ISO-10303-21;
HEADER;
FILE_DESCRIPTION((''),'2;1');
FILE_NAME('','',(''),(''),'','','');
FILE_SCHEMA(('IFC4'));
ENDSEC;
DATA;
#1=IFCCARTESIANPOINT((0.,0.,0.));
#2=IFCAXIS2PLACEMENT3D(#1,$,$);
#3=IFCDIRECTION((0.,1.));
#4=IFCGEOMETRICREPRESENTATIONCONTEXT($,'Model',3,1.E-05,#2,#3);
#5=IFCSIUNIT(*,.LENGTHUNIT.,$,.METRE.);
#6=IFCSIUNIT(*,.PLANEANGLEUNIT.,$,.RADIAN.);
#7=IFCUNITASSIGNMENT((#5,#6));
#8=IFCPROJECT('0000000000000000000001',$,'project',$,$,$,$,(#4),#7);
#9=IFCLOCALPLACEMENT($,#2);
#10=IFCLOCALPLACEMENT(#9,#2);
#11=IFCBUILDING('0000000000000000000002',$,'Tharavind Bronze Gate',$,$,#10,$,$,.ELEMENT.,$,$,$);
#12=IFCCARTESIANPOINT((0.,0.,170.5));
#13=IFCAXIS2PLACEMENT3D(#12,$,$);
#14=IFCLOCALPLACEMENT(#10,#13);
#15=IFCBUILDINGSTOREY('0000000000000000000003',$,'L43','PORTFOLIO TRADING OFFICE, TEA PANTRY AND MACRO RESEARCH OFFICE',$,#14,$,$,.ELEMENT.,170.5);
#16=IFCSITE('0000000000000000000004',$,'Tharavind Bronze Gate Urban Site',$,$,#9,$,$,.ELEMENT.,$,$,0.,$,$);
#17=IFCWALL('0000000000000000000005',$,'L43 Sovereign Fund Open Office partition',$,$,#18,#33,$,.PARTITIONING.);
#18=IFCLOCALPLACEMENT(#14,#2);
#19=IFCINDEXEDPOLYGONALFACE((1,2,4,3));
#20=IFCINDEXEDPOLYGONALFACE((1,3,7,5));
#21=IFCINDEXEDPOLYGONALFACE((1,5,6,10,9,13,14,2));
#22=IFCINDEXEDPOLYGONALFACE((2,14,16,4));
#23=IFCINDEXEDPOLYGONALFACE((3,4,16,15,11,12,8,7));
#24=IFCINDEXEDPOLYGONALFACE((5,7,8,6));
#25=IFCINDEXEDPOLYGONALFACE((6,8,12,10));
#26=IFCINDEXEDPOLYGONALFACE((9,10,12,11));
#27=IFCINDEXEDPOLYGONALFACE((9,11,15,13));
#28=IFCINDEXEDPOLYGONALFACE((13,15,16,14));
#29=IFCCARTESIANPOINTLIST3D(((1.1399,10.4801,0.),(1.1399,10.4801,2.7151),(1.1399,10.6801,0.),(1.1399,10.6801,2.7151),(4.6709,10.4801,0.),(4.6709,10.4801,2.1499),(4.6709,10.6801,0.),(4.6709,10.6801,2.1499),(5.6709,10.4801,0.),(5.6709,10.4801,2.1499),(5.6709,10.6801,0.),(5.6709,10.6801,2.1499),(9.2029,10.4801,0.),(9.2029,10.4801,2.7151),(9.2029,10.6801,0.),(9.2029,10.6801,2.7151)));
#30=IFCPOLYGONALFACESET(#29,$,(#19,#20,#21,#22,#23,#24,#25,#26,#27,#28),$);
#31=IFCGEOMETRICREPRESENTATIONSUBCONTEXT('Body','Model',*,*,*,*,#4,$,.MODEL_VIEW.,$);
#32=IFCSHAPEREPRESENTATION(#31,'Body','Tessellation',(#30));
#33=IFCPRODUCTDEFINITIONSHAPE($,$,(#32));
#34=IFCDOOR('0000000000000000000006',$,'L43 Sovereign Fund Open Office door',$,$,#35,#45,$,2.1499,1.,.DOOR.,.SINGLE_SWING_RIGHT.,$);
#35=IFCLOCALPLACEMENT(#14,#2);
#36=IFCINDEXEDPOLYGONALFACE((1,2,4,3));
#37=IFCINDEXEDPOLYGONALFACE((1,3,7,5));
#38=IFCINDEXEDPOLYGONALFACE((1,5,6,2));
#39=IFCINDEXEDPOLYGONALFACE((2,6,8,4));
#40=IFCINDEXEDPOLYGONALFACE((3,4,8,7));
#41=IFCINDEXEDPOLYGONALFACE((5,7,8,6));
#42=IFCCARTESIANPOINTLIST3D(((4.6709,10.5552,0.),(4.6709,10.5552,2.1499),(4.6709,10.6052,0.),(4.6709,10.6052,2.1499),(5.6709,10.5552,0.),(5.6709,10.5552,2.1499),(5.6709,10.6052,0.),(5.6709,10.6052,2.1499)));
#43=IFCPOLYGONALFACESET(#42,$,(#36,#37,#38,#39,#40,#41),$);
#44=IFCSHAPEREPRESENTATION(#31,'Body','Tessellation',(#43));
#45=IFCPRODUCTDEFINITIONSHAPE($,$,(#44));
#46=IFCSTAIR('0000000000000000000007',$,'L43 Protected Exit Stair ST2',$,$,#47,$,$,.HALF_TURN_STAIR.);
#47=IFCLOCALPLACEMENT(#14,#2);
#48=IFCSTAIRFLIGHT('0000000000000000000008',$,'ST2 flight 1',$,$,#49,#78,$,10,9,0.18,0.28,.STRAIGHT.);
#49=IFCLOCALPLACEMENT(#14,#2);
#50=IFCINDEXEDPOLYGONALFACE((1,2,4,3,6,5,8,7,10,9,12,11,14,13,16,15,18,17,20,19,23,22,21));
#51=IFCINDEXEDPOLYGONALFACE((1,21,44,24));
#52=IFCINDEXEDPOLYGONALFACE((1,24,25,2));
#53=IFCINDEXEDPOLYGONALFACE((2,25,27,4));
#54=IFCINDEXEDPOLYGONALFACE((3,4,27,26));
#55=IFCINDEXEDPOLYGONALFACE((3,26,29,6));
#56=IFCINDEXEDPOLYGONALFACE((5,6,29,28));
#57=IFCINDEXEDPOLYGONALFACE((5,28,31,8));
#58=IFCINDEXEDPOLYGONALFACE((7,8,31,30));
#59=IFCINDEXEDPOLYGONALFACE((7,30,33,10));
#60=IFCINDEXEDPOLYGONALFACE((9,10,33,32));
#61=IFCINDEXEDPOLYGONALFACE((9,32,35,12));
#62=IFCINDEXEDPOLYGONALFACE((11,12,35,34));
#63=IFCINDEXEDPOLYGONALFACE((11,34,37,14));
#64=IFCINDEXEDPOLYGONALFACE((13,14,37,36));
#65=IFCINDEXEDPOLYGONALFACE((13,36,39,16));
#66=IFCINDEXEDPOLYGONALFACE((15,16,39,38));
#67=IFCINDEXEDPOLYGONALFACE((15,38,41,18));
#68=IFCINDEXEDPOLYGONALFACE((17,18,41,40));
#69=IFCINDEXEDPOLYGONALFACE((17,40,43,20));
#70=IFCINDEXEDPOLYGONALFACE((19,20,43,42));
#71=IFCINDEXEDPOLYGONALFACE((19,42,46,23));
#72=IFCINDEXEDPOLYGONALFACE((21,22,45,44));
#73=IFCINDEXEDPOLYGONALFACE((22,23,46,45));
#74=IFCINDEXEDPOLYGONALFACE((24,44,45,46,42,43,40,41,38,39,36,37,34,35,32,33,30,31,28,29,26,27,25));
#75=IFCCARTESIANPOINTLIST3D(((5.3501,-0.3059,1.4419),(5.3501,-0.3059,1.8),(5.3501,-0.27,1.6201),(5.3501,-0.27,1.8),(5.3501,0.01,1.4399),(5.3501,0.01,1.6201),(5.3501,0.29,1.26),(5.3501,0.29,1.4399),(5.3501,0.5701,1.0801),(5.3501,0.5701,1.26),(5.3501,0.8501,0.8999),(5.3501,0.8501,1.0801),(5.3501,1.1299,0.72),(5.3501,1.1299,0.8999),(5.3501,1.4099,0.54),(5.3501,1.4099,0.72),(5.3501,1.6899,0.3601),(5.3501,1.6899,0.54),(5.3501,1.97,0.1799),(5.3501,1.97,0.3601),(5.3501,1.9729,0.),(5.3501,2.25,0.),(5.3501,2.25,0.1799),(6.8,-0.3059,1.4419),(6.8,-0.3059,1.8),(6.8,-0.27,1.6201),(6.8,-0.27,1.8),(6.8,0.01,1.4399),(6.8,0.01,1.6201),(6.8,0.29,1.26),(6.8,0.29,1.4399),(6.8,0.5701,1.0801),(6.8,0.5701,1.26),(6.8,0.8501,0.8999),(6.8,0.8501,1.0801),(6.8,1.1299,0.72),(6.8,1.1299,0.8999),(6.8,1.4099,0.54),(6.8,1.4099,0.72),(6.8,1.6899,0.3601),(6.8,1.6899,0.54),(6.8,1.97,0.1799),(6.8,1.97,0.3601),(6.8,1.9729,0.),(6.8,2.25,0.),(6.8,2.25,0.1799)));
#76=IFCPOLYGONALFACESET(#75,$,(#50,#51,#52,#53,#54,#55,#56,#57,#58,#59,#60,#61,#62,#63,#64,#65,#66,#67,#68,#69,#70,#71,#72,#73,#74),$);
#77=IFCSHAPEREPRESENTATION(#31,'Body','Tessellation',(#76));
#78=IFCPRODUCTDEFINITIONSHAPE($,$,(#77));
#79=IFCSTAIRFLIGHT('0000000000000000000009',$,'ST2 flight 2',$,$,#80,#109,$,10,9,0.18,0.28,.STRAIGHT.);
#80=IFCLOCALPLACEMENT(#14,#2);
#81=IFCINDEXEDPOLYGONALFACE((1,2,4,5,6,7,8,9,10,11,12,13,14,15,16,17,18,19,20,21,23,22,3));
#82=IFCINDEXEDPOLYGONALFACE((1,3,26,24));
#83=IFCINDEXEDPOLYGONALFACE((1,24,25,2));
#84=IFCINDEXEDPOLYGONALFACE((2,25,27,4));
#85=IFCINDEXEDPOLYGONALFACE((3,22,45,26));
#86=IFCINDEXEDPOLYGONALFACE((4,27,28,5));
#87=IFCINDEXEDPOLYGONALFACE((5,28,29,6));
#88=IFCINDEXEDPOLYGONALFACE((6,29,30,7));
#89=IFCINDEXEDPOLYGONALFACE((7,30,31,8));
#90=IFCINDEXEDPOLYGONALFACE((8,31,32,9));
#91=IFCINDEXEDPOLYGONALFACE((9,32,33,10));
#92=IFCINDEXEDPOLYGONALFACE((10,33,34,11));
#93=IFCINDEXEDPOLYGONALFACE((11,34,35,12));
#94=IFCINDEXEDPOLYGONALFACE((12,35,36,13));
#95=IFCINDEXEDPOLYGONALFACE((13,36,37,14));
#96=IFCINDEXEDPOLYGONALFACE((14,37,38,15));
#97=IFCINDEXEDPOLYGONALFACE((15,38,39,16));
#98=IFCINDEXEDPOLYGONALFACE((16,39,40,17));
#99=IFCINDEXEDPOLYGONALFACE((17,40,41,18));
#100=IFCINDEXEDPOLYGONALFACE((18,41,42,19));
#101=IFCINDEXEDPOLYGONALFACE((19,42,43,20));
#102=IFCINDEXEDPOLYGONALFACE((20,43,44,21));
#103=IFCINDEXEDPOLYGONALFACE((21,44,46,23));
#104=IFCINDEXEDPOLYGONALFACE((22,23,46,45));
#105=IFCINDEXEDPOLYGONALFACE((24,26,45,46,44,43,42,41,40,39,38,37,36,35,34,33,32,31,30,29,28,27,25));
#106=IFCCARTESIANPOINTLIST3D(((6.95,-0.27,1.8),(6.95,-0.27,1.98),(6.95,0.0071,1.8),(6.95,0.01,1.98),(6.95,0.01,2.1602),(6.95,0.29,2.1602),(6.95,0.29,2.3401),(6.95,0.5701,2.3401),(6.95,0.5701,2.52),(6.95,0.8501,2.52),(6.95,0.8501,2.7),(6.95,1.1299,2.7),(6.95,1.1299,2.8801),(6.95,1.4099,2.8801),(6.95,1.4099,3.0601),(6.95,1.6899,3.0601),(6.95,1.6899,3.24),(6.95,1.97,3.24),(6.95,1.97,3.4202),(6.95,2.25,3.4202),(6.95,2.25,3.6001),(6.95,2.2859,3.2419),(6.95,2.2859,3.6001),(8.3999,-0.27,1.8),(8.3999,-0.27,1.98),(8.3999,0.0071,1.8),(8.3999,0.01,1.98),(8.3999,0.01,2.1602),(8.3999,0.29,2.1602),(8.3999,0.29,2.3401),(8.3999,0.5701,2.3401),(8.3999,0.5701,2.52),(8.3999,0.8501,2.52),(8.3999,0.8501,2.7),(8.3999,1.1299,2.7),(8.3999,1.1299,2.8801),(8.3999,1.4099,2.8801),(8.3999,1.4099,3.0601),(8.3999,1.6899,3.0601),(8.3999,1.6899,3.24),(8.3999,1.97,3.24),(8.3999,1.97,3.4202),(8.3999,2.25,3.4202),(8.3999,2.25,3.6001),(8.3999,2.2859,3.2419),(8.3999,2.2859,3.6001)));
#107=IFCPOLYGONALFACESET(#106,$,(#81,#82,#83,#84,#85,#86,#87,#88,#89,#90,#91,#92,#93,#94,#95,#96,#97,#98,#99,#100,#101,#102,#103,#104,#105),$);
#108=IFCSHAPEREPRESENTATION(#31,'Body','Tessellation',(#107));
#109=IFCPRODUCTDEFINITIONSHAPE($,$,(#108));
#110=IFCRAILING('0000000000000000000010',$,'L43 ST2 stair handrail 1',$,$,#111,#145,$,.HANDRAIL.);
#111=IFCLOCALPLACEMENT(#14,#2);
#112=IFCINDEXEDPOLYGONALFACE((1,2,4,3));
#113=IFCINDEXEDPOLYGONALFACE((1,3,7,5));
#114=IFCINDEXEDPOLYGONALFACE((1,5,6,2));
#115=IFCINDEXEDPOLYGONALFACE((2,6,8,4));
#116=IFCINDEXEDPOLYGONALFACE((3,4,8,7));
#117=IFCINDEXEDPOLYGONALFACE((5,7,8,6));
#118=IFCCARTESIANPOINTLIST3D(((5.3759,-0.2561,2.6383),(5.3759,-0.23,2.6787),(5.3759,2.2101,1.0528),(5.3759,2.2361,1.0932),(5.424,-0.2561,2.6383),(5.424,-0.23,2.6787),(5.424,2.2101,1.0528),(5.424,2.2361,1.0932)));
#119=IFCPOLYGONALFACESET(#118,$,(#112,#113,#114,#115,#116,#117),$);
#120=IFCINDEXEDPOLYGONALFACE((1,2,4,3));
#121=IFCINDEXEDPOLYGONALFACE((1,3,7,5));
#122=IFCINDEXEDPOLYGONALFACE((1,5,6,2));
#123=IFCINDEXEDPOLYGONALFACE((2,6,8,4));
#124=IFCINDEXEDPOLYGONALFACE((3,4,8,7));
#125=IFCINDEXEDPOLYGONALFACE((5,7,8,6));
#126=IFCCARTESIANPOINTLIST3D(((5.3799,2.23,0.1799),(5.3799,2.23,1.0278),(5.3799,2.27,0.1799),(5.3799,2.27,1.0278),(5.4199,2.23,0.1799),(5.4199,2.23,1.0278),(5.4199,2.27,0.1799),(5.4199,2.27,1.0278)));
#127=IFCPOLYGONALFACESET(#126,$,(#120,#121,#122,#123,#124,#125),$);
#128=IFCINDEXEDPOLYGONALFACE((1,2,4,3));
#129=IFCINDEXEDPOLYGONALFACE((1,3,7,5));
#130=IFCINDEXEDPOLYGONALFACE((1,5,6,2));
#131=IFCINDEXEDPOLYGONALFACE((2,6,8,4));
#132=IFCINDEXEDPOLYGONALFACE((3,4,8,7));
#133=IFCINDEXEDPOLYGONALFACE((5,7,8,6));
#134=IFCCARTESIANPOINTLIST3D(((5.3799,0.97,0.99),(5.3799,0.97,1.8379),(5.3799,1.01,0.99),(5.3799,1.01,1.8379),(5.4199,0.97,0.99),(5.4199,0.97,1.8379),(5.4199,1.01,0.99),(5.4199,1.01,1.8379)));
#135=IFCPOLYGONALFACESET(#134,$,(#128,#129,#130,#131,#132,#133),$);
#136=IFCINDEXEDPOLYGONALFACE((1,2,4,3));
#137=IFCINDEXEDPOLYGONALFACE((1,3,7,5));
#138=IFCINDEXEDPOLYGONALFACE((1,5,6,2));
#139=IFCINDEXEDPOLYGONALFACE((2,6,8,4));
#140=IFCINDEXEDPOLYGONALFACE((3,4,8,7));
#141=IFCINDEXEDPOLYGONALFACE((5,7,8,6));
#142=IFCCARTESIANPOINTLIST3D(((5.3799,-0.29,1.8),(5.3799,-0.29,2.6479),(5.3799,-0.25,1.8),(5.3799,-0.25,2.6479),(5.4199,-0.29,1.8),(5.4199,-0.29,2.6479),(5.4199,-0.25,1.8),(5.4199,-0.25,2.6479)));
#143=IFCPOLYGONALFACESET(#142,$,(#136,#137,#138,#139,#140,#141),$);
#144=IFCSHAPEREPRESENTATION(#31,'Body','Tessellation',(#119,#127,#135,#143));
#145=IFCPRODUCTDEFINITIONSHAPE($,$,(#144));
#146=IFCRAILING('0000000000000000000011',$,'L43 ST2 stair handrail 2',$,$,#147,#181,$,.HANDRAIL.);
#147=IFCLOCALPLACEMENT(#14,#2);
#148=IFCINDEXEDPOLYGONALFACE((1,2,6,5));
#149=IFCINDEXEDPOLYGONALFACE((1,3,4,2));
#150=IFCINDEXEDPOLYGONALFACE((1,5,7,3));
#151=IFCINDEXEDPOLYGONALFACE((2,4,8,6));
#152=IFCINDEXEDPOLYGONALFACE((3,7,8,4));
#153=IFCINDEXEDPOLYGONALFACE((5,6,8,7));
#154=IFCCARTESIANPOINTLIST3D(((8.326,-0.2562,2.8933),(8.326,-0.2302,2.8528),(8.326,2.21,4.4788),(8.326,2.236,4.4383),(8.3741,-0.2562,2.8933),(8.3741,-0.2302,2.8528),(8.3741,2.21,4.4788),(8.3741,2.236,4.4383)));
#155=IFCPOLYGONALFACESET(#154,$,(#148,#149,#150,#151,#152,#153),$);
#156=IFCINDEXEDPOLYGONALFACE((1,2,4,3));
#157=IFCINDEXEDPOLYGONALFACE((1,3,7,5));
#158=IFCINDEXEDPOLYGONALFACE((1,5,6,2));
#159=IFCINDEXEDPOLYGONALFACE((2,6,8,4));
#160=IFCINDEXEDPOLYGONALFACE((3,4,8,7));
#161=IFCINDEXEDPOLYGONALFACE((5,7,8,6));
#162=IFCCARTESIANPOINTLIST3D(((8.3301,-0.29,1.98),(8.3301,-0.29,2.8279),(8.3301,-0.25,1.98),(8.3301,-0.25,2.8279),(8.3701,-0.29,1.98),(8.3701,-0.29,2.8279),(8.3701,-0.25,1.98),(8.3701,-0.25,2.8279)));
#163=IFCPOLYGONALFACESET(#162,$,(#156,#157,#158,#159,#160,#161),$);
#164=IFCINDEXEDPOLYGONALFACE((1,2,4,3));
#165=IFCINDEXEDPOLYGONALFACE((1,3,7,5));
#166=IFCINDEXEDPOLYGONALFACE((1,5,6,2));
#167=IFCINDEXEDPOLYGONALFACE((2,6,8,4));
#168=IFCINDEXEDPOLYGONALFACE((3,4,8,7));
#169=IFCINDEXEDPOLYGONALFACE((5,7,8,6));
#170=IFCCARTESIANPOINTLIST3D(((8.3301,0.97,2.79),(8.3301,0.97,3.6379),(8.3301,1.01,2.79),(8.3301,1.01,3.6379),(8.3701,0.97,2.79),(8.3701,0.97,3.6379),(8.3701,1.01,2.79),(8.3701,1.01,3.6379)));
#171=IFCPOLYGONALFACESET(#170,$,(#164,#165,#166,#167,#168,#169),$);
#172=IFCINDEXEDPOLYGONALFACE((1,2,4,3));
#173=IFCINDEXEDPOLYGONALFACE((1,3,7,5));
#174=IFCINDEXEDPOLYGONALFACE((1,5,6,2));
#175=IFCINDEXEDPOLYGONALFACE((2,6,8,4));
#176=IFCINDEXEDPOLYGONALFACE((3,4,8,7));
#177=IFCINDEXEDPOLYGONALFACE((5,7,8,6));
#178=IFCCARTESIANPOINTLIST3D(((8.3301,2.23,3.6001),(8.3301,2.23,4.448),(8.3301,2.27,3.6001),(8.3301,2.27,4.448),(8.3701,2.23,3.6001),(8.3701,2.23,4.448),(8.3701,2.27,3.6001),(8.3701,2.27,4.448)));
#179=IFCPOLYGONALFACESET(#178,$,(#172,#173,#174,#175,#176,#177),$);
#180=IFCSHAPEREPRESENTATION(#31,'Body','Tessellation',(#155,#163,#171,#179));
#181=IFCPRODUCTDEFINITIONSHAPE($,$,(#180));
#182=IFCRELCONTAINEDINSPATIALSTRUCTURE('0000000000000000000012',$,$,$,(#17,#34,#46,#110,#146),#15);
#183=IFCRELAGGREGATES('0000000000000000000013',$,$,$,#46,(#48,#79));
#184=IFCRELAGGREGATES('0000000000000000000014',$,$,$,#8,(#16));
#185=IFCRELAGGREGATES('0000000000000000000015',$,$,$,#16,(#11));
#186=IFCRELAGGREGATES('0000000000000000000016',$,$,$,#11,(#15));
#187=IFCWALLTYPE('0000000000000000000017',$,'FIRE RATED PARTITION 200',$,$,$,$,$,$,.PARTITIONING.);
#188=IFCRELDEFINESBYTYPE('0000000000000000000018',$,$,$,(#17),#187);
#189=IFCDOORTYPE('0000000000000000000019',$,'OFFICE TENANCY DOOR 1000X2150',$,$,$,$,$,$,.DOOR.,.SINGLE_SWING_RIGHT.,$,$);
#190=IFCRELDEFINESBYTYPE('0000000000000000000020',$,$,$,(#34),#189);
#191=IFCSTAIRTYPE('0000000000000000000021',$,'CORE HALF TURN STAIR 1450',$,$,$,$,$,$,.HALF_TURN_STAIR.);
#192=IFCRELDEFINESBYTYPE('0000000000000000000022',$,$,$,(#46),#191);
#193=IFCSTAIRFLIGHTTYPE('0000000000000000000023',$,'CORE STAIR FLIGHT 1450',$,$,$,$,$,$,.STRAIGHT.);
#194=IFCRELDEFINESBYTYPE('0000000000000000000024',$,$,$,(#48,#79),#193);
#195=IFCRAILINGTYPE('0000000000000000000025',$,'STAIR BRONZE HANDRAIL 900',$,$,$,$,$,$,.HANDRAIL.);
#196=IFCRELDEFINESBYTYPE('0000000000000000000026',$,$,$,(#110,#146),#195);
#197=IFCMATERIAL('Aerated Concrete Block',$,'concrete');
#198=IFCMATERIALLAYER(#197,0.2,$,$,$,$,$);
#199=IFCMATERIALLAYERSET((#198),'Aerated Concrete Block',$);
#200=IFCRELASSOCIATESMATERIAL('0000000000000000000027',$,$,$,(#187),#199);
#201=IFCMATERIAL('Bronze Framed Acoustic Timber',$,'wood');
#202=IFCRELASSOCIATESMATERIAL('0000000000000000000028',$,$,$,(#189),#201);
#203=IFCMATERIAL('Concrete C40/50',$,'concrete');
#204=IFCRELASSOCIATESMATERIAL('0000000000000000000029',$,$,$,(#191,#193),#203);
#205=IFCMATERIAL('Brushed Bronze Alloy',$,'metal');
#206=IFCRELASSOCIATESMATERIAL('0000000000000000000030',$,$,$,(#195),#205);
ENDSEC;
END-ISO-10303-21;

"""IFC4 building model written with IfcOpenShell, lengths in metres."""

from ifc_helpers import new_model, si_unit, direction, frame, frame_2d, origin, origin_2d, place, context, subcontext, project, spatial, polyline, rectangle, outline, extrude, material, layer, layer_set, type_object, element, fill, aggregate, save


model = new_model("IFC4")

# Units and contexts
model_context = context("Model", 3, precision=1e-05, world=origin(), true_north=direction((0.0, 1.0)))
body_context = subcontext(model_context, "Body", "Model", "MODEL_VIEW")
ifc_project = project(units=[si_unit("LENGTHUNIT", "METRE"), si_unit("PLANEANGLEUNIT", "RADIAN")], contexts=[model_context])

# Site, building, storey
site_placement = place(None, origin())
site = spatial("IfcSite", under=ifc_project, at=site_placement, Name="Tharavind Bronze Gate Urban Site", CompositionType="ELEMENT", RefElevation=0.0)
building_placement = place(site_placement, origin())
building = spatial("IfcBuilding", under=site, at=building_placement, Name="Tharavind Bronze Gate", CompositionType="ELEMENT")
storey_placement = place(building_placement, frame((0.0, 0.0, 170.5)))
storey = spatial("IfcBuildingStorey", under=building, at=storey_placement, Name="L43", Description="PORTFOLIO TRADING OFFICE, TEA PANTRY AND MACRO RESEARCH OFFICE", CompositionType="ELEMENT", Elevation=170.5)

# Wall, opening, door
ifc_material_1 = material(Name="Aerated Concrete Block", Category="concrete")
ifc_layer_1 = layer(ifc_material_1, 0.2)
ifc_layer_set_1 = layer_set([ifc_layer_1], Name="Aerated Concrete Block")
wall_type_1 = type_object("IfcWallType", Name="FIRE RATED PARTITION 200", PredefinedType="PARTITIONING", material=ifc_layer_set_1)
wall_1_placement = place(storey_placement, frame((9.2029, 10.5801, 0.0), z_axis=(0.0, 0.0, 1.0), x_axis=(-1.0, 0.0, 0.0)))
wall_1 = element("IfcWall", 1, at=wall_1_placement, inside=storey, type_object=wall_type_1, Name="L43 Sovereign Fund Open Office partition", PredefinedType="PARTITIONING", context=body_context, shape_type="SweptSolid", body=[
    extrude(rectangle(XDim=8.063, YDim=0.2, at=frame_2d((4.0315, 0.0))), origin(), (0.0, 0.0, 1.0), 2.7151),
])
opening_1_placement = place(wall_1_placement, frame((3.532, 0.0, 0.0)))
opening_1 = element("IfcOpeningElement", 2, at=opening_1_placement, cuts=wall_1, PredefinedType="OPENING", context=body_context, shape_type="SweptSolid", body=[
    extrude(rectangle(XDim=1.0, YDim=2.1499, at=frame_2d((0.5, 1.075))), frame((0.0, 0.1101, 0.0), z_axis=(0.0, -1.0, 0.0), x_axis=(1.0, 0.0, 0.0)), (0.0, 0.0, 1.0), 0.22),
])
ifc_material_2 = material(Name="Bronze Framed Acoustic Timber", Category="wood")
door_type_1 = type_object("IfcDoorType", Name="OFFICE TENANCY DOOR 1000X2150", OperationType="SINGLE_SWING_RIGHT", PredefinedType="DOOR", material=ifc_material_2)
door_1_placement = place(opening_1_placement, origin())
door_1 = element("IfcDoor", 3, at=door_1_placement, inside=storey, type_object=door_type_1, Name="L43 Sovereign Fund Open Office door", OperationType="SINGLE_SWING_RIGHT", OverallHeight=2.1499, OverallWidth=1.0, PredefinedType="DOOR", context=body_context, shape_type="SweptSolid", body=[
    extrude(rectangle(XDim=1.0, YDim=2.1499, at=frame_2d((0.5, 1.075))), frame((0.0, 0.0249, 0.0), z_axis=(0.0, -1.0, 0.0), x_axis=(1.0, 0.0, 0.0)), (0.0, 0.0, 1.0), 0.05),
])
fill(opening_1, door_1)

# Stair, stair flights
ifc_material_3 = material(Name="Concrete C40/50", Category="concrete")
stair_type = type_object("IfcStairType", Name="CORE HALF TURN STAIR 1450", PredefinedType="HALF_TURN_STAIR", material=ifc_material_3)
stair_placement = place(storey_placement, origin())
stair = element("IfcStair", 4, at=stair_placement, inside=storey, type_object=stair_type, Name="L43 Protected Exit Stair ST2", PredefinedType="HALF_TURN_STAIR")
stair_flight_type = type_object("IfcStairFlightType", Name="CORE STAIR FLIGHT 1450", PredefinedType="STRAIGHT", material=ifc_material_3)
stair_flight_1_placement = place(storey_placement, frame((6.075, 2.25, 0.0), z_axis=(0.0, 0.0, 1.0), x_axis=(0.0, -1.0, 0.0)))
stair_flight_1 = element("IfcStairFlight", 5, at=stair_flight_1_placement, type_object=stair_flight_type, Name="ST2 flight 1", NumberOfRisers=10, NumberOfTreads=9, PredefinedType="STRAIGHT", RiserHeight=0.18, TreadLength=0.28, context=body_context, shape_type="SweptSolid", body=[
    extrude(outline(polyline([(0.0, 0.0), (0.0, 0.1799), (0.28, 0.1799), (0.28, 0.3601), (0.5601, 0.3601), (0.5601, 0.54), (0.8401, 0.54), (0.8401, 0.72), (1.1201, 0.72), (1.1201, 0.8999), (1.3999, 0.8999), (1.3999, 1.0801), (1.6799, 1.0801), (1.6799, 1.26), (1.96, 1.26), (1.96, 1.4399), (2.24, 1.4399), (2.24, 1.6201), (2.52, 1.6201), (2.52, 1.8), (2.5559, 1.8), (2.5559, 1.4419), (0.2771, 0.0), (0.0, 0.0)])), frame((0.0, 0.7251, 0.0), z_axis=(0.0, -1.0, 0.0), x_axis=(1.0, 0.0, 0.0)), (0.0, 0.0, 1.0), 1.45),
])
stair_flight_2_placement = place(storey_placement, frame((7.675, -0.27, 1.8), z_axis=(0.0, 0.0, 1.0), x_axis=(0.0, 1.0, 0.0)))
stair_flight_2 = element("IfcStairFlight", 6, at=stair_flight_2_placement, type_object=stair_flight_type, Name="ST2 flight 2", NumberOfRisers=10, NumberOfTreads=9, PredefinedType="STRAIGHT", RiserHeight=0.18, TreadLength=0.28, context=body_context, shape_type="SweptSolid", body=[
    extrude(outline(polyline([(0.0, 0.0), (0.0, 0.1799), (0.28, 0.1799), (0.28, 0.3601), (0.5601, 0.3601), (0.5601, 0.54), (0.8401, 0.54), (0.8401, 0.72), (1.1201, 0.72), (1.1201, 0.8999), (1.3999, 0.8999), (1.3999, 1.0801), (1.6799, 1.0801), (1.6799, 1.26), (1.96, 1.26), (1.96, 1.4399), (2.24, 1.4399), (2.24, 1.6201), (2.52, 1.6201), (2.52, 1.8), (2.5559, 1.8), (2.5559, 1.4419), (0.2771, 0.0), (0.0, 0.0)])), frame((0.0, 0.7251, 0.0), z_axis=(0.0, -1.0, 0.0), x_axis=(1.0, 0.0, 0.0)), (0.0, 0.0, 1.0), 1.45),
])
aggregate(stair, [stair_flight_1, stair_flight_2])

# Railings
ifc_material_4 = material(Name="Brushed Bronze Alloy", Category="metal")
railing_type_1 = type_object("IfcRailingType", Name="STAIR BRONZE HANDRAIL 900", PredefinedType="HANDRAIL", material=ifc_material_4)
railing_1_placement = place(storey_placement, frame((5.3999, 2.25, 0.1799)))
element("IfcRailing", 7, at=railing_1_placement, inside=storey, type_object=railing_type_1, Name="L43 ST2 stair handrail 1", PredefinedType="HANDRAIL", context=body_context, shape_type="SweptSolid", body=[
    extrude(rectangle(XDim=0.0481, YDim=0.0481, at=origin_2d()), frame((0.0, -0.0269, 0.8931), z_axis=(0.0, -0.841163, 0.540782), x_axis=(1.0, 0.0, 0.0)), (0.0, 0.0, 1.0), 2.9319),
    extrude(rectangle(XDim=0.04, YDim=0.04, at=origin_2d()), origin(), (0.0, 0.0, 1.0), 0.8479),
    extrude(rectangle(XDim=0.04, YDim=0.04, at=origin_2d()), frame((0.0, -1.26, 0.8101)), (0.0, 0.0, 1.0), 0.8479),
    extrude(rectangle(XDim=0.04, YDim=0.04, at=origin_2d()), frame((0.0, -2.52, 1.6201)), (0.0, 0.0, 1.0), 0.8479),
])
railing_2_placement = place(storey_placement, frame((8.3501, -0.27, 1.98)))
element("IfcRailing", 8, at=railing_2_placement, inside=storey, type_object=railing_type_1, Name="L43 ST2 stair handrail 2", PredefinedType="HANDRAIL", context=body_context, shape_type="SweptSolid", body=[
    extrude(rectangle(XDim=0.0481, YDim=0.0481, at=origin_2d()), frame((0.0, 0.0269, 0.8931), z_axis=(0.0, 0.841163, 0.540782), x_axis=(-1.0, 0.0, 0.0)), (0.0, 0.0, 1.0), 2.9319),
    extrude(rectangle(XDim=0.04, YDim=0.04, at=origin_2d()), origin(), (0.0, 0.0, 1.0), 0.8479),
    extrude(rectangle(XDim=0.04, YDim=0.04, at=origin_2d()), frame((0.0, 1.26, 0.8101)), (0.0, 0.0, 1.0), 0.8479),
    extrude(rectangle(XDim=0.04, YDim=0.04, at=origin_2d()), frame((0.0, 2.52, 1.6201)), (0.0, 0.0, 1.0), 0.8479),
])

save(model, "model.ifc")
